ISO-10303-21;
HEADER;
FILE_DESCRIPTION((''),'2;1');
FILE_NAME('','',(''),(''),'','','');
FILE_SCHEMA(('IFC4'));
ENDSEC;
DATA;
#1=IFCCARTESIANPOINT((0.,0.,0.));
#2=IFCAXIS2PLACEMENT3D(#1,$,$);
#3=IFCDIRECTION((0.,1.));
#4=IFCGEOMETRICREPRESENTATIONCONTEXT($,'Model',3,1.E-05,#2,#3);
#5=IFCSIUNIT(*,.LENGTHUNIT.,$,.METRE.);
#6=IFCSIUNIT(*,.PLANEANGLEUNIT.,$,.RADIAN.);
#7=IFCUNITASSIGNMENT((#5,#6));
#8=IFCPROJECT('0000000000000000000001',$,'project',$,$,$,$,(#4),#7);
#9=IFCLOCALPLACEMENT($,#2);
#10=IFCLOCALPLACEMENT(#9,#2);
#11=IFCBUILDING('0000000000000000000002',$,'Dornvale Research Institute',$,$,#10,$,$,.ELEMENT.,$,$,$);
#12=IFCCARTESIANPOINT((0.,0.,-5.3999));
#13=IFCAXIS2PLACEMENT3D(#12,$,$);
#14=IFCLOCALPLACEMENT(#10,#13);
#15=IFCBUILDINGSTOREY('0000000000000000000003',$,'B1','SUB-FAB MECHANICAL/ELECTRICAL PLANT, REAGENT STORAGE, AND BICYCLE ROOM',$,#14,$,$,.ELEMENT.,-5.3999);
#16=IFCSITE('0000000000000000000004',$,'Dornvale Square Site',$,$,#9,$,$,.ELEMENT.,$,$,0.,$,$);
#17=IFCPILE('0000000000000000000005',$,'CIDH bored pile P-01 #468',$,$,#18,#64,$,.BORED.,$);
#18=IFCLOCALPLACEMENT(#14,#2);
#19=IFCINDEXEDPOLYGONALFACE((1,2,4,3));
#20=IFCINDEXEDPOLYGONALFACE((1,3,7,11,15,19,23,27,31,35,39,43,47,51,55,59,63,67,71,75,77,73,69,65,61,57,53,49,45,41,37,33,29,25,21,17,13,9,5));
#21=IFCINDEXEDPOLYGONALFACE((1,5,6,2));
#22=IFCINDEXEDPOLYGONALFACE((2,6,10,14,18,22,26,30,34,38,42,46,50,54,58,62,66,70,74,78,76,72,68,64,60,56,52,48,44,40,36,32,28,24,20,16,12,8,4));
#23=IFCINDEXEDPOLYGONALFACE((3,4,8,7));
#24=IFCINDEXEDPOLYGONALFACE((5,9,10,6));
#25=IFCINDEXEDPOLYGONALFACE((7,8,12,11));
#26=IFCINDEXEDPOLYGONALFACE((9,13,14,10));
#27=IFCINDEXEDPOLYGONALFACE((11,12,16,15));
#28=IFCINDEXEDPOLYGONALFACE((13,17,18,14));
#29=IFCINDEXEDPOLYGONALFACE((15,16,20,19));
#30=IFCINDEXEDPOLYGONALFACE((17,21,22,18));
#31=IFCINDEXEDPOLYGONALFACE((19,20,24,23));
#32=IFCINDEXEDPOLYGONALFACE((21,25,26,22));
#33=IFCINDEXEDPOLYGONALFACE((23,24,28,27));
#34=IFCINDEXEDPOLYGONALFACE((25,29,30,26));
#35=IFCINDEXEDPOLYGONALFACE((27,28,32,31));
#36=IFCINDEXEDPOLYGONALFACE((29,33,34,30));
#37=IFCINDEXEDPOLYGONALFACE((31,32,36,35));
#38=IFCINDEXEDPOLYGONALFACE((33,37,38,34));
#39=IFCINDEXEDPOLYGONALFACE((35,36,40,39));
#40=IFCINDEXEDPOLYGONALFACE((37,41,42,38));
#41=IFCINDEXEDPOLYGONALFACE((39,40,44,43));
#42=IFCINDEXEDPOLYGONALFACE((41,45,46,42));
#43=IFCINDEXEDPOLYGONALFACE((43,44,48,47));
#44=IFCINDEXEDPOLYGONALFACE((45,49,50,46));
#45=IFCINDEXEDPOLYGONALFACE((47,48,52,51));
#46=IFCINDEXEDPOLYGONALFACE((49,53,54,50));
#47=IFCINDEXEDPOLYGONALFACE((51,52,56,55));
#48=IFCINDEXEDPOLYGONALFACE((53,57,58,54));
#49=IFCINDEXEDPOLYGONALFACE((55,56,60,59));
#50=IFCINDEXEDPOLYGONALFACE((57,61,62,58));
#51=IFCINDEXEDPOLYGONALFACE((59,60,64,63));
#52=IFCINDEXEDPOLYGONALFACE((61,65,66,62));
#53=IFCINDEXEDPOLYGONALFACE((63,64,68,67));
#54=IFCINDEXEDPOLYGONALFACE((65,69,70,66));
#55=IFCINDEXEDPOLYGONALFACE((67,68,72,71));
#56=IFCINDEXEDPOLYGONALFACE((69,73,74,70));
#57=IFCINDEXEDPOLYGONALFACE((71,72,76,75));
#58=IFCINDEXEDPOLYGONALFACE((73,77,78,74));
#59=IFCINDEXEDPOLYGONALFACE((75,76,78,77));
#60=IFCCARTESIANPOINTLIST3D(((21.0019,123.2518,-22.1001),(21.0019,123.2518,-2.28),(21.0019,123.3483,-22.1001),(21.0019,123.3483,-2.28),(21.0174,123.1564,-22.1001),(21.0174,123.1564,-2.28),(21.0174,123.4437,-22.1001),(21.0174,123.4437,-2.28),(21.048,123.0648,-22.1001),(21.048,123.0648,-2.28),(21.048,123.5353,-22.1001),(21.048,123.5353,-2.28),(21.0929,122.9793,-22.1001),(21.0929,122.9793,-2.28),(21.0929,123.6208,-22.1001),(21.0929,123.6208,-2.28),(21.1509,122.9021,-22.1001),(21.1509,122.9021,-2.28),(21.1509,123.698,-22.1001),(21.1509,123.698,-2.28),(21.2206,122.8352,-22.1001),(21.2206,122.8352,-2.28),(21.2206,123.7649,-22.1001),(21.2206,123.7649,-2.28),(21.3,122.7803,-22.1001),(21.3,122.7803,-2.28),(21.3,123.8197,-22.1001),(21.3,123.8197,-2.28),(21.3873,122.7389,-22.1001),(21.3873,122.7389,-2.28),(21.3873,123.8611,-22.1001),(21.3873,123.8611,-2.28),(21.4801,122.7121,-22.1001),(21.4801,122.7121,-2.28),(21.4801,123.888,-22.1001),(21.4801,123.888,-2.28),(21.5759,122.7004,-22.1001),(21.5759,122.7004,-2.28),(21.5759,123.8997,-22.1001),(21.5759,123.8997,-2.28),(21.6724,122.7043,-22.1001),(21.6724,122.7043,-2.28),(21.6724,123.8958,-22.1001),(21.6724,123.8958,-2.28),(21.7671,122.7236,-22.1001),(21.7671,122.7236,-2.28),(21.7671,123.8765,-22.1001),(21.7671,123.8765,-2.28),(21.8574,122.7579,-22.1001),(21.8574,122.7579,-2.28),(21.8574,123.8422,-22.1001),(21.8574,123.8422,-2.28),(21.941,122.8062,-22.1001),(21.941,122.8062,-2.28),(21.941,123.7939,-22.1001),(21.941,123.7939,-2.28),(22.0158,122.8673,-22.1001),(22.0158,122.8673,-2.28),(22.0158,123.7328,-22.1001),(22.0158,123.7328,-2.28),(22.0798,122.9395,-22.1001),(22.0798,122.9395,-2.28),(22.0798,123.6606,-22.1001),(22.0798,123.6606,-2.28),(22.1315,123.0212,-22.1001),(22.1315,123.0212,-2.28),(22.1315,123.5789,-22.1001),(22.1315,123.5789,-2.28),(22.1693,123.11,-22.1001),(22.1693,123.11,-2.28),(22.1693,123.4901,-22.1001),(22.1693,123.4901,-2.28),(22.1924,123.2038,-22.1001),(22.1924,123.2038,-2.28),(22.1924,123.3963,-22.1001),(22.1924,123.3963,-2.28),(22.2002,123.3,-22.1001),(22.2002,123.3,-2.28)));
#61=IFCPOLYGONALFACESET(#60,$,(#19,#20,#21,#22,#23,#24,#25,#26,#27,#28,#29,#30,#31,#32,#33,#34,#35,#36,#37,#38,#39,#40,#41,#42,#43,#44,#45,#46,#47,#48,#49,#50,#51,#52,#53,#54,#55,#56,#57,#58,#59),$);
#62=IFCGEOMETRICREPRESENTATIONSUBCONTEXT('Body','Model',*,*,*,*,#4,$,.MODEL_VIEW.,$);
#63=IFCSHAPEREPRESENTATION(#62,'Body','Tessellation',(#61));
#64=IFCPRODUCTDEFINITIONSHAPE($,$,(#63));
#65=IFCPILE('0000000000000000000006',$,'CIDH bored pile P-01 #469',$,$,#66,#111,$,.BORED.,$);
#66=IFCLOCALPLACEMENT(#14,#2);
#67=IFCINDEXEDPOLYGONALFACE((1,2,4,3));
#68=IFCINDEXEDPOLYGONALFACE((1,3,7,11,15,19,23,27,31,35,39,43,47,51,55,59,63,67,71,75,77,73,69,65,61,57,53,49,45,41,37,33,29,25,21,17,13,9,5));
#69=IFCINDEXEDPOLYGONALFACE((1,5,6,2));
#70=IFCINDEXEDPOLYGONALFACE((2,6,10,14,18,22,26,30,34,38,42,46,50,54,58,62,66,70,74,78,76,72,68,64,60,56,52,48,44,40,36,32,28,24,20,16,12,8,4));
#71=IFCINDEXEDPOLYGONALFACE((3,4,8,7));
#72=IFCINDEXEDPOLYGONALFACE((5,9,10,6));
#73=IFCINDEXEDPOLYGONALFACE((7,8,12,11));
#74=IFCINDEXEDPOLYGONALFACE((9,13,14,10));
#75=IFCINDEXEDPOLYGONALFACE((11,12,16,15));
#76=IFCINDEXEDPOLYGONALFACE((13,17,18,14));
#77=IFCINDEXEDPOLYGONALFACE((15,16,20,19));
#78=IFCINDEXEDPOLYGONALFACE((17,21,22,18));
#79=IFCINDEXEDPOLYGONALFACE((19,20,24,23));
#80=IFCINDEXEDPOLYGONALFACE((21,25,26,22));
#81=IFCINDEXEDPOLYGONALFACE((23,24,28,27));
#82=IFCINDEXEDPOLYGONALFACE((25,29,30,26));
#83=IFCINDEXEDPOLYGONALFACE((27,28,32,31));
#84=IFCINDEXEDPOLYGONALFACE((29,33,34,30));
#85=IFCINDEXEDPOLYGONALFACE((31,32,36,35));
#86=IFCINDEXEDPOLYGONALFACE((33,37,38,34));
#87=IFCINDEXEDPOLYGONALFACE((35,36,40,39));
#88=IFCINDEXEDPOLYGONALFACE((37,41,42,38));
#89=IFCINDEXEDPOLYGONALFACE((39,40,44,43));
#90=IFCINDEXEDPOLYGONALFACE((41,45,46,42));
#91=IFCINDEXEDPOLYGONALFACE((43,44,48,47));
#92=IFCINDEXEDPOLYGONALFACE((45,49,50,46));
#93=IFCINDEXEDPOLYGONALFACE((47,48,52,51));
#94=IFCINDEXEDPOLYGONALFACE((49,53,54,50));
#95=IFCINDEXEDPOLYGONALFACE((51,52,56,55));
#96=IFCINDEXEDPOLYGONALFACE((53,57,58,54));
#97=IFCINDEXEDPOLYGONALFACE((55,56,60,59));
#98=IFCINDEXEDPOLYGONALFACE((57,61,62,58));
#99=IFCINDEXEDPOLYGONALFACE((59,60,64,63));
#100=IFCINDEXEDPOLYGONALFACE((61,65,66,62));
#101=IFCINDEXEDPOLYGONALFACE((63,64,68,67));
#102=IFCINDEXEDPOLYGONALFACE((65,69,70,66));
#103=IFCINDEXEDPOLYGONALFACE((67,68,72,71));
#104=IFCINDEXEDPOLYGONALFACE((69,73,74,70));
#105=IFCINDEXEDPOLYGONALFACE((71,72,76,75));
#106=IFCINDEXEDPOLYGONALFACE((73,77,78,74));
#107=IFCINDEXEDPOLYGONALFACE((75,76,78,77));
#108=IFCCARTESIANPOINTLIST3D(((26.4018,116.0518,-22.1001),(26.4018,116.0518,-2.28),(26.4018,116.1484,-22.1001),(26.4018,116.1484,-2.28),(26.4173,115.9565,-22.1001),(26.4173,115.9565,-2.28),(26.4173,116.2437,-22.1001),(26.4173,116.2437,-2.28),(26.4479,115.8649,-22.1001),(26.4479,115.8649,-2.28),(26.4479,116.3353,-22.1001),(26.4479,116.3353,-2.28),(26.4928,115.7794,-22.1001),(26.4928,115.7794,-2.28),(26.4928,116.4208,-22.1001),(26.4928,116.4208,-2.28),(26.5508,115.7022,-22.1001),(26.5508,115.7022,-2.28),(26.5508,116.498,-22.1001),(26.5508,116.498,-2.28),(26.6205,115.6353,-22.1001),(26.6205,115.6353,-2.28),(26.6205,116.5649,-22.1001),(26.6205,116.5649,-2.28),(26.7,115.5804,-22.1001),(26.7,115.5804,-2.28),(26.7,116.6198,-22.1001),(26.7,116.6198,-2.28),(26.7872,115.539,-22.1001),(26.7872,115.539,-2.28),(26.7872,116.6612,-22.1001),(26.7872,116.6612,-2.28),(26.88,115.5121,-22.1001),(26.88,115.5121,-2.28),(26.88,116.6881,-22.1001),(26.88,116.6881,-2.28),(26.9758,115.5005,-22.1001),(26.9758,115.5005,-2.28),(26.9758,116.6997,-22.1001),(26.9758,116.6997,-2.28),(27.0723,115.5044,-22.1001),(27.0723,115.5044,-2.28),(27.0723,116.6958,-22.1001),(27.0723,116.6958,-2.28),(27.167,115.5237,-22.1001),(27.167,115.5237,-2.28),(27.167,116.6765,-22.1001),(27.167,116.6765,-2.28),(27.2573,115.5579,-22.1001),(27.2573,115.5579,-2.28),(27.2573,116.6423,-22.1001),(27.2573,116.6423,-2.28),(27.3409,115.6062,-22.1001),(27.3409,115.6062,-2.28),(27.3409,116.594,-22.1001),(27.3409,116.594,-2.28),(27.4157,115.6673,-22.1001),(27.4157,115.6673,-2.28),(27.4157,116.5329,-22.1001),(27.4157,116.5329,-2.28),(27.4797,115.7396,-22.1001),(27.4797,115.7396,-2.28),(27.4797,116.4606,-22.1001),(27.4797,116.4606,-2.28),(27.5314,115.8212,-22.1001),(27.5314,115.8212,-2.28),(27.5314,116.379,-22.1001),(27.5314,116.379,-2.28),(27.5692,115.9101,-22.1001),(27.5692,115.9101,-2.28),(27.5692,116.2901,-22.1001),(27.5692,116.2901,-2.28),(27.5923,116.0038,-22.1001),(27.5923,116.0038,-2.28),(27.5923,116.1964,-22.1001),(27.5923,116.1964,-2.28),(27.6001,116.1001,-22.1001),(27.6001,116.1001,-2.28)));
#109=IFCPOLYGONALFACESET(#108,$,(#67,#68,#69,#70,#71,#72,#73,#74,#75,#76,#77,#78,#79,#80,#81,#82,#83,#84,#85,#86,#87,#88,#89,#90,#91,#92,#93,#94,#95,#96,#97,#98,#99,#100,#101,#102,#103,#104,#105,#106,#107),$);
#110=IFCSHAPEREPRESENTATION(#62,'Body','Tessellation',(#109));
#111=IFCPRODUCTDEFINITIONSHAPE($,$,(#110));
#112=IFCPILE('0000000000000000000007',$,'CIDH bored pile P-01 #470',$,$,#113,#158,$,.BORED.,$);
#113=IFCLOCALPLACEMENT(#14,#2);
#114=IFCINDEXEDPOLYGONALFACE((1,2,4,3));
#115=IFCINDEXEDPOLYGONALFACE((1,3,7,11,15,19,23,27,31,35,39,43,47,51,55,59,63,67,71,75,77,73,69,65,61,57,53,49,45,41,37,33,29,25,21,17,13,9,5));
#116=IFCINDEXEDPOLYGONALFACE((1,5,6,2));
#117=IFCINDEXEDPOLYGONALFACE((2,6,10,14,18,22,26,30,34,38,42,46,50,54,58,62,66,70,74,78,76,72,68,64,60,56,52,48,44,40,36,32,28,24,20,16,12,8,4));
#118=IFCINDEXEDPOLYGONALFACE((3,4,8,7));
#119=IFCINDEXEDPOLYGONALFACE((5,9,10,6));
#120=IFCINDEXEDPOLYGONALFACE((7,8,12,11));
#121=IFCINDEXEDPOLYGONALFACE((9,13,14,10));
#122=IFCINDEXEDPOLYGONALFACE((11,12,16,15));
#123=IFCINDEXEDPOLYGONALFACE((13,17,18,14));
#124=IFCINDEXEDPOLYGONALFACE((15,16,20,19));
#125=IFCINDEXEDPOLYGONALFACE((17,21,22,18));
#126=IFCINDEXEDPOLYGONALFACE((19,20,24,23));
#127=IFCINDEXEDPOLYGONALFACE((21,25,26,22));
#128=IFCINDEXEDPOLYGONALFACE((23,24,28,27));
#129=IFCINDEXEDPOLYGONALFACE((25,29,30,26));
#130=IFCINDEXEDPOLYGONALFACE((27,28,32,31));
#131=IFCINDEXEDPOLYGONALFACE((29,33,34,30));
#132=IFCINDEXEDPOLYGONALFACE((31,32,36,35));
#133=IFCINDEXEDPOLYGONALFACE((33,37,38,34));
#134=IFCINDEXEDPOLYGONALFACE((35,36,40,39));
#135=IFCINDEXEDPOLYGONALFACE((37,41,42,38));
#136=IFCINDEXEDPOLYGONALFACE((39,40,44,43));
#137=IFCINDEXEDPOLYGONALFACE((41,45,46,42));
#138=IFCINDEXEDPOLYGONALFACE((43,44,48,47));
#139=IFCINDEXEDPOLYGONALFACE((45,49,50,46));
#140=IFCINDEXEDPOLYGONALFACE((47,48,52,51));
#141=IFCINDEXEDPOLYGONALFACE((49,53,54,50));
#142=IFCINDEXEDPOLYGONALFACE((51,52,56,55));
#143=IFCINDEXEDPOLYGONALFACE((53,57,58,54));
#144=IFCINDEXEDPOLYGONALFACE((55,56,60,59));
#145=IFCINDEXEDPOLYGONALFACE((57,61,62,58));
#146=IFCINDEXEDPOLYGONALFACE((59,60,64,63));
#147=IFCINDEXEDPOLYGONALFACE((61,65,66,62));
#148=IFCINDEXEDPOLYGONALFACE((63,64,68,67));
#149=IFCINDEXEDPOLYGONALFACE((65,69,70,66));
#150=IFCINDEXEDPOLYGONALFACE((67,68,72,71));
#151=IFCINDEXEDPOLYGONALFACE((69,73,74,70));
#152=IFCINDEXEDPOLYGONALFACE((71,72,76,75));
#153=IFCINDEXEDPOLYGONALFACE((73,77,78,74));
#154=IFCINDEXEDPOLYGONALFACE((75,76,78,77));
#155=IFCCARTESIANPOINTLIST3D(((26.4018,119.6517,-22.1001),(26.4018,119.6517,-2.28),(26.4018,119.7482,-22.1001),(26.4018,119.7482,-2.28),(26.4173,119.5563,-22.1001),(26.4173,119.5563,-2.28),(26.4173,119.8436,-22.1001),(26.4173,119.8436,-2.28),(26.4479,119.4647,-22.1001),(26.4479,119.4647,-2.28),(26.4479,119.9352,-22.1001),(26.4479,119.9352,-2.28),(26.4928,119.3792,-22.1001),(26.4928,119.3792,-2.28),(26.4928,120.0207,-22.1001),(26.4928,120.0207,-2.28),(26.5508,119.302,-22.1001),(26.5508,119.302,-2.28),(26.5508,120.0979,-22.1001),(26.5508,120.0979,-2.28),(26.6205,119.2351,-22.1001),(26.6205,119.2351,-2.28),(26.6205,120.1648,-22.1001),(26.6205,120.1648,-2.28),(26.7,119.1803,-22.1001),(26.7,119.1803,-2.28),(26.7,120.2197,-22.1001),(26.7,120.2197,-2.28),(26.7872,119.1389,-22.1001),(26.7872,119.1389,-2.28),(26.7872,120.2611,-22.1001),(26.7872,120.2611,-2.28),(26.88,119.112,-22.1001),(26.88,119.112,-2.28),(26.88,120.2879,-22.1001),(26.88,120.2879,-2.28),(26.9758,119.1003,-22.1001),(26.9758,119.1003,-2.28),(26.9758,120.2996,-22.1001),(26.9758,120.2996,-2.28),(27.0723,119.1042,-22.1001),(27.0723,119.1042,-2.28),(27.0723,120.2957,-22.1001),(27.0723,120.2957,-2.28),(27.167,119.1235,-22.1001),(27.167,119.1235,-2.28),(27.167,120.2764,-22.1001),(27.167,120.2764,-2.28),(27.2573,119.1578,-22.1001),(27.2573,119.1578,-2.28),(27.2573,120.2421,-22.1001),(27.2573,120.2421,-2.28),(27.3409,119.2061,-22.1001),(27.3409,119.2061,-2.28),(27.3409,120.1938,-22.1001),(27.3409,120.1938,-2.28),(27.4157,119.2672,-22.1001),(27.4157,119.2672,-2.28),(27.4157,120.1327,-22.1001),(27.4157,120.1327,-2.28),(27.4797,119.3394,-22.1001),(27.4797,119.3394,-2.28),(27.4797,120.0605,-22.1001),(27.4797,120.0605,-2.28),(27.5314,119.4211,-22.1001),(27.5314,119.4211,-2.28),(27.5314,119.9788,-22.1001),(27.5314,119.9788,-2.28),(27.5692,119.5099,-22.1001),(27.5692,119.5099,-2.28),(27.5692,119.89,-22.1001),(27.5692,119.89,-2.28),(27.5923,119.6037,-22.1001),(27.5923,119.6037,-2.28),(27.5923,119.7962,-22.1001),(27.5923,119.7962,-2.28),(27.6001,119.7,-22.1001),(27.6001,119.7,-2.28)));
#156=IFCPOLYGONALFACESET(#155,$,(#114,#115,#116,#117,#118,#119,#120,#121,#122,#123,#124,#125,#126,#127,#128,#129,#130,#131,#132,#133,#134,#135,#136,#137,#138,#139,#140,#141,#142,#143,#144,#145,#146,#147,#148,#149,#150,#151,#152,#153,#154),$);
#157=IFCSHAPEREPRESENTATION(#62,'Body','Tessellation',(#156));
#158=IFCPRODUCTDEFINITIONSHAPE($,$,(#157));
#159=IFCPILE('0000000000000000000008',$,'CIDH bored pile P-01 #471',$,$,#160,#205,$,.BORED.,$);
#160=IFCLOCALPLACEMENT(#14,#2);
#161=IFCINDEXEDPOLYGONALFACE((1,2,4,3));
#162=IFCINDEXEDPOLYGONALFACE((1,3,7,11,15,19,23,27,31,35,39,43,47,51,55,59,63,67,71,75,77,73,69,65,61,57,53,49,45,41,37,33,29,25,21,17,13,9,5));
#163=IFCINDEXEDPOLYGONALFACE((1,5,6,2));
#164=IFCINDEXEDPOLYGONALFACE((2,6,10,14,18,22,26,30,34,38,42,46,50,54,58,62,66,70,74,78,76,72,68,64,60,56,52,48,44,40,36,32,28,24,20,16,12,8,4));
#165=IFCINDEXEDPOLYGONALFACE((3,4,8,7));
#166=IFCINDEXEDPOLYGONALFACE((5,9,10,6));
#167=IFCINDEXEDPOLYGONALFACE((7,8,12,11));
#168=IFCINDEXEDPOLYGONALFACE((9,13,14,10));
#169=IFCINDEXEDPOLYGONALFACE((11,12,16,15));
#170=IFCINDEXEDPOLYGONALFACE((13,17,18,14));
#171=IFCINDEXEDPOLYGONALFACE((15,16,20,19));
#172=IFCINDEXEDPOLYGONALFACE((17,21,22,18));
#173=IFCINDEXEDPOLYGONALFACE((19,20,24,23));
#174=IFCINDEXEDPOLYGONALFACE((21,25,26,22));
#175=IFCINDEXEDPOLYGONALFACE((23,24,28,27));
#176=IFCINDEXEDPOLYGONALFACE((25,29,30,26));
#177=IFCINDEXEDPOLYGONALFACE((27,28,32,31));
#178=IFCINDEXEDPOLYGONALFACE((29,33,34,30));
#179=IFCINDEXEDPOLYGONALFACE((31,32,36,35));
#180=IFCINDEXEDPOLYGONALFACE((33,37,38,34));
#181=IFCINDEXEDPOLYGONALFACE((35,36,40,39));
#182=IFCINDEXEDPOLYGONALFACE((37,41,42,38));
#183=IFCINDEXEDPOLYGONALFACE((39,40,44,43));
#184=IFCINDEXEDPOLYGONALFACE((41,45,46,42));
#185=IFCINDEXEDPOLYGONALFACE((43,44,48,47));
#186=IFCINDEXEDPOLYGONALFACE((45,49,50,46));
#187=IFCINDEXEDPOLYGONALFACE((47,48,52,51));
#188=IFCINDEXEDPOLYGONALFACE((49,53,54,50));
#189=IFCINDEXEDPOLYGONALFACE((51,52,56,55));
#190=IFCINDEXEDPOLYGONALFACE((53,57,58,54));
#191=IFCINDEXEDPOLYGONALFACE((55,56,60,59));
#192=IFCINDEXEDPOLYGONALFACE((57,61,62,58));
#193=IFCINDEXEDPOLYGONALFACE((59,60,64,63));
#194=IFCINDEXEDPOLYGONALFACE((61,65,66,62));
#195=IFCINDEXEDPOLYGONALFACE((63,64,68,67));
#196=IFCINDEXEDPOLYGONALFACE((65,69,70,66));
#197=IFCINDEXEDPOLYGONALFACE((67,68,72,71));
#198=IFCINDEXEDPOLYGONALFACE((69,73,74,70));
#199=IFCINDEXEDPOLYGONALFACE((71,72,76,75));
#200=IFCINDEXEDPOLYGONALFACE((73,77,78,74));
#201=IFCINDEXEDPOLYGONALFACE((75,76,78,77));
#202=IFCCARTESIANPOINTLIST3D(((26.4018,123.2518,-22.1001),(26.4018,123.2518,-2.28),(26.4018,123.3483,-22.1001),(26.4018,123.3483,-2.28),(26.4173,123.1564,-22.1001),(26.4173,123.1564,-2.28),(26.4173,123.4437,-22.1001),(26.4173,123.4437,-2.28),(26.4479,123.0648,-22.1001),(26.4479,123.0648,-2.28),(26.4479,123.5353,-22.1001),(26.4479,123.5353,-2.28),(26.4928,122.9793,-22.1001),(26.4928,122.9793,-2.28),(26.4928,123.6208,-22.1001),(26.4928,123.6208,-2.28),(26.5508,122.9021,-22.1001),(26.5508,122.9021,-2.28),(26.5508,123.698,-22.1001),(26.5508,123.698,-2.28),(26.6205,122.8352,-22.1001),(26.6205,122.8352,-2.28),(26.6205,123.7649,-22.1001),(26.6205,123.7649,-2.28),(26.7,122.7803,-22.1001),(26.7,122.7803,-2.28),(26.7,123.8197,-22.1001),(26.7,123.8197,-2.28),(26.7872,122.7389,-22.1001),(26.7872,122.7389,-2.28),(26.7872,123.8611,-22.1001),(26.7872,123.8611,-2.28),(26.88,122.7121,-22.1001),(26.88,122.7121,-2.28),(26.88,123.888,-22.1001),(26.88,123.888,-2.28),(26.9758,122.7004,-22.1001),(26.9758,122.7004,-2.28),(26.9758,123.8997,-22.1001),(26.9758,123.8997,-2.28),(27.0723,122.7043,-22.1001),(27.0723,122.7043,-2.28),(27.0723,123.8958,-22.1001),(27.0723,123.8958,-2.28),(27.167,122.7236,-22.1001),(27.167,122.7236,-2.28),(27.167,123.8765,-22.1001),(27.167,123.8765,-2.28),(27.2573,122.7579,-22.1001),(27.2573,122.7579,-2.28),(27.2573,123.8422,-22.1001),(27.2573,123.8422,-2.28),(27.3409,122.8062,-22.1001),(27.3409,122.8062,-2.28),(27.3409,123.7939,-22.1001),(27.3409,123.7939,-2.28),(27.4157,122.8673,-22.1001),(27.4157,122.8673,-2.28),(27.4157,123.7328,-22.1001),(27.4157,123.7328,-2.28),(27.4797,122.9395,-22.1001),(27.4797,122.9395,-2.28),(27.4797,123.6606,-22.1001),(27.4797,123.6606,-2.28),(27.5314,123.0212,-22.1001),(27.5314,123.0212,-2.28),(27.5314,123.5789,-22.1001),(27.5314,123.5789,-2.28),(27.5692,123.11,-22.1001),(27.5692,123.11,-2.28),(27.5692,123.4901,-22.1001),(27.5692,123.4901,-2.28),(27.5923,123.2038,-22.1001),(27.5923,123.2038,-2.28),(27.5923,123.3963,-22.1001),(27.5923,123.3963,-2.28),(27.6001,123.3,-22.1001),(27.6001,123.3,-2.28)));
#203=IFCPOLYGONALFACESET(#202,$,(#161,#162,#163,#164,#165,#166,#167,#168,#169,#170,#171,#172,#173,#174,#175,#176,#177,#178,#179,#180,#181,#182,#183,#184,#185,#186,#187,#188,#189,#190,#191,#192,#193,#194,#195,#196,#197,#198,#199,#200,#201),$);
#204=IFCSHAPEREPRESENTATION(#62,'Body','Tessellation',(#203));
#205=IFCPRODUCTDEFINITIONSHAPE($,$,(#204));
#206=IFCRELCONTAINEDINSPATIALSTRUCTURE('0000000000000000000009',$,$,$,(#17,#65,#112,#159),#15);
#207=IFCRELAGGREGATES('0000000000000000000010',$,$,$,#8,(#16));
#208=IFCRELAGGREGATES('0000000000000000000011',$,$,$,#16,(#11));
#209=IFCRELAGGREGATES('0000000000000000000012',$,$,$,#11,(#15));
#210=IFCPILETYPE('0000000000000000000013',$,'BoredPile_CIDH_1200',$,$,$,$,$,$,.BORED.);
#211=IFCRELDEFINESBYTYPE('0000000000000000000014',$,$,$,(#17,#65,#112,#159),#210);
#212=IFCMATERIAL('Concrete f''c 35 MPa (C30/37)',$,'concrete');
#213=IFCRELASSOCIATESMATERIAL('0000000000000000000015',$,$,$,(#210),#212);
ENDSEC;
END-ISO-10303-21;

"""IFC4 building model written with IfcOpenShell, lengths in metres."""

from ifc_helpers import new_model, si_unit, direction, frame, origin, origin_2d, place, context, subcontext, project, spatial, circle, extrude, material, material_profile, profile_set, type_object, element, save


model = new_model("IFC4")

# Units and contexts
model_context = context("Model", 3, precision=1e-05, world=origin(), true_north=direction((0.0, 1.0)))
body_context = subcontext(model_context, "Body", "Model", "MODEL_VIEW")
ifc_project = project(units=[si_unit("LENGTHUNIT", "METRE"), si_unit("PLANEANGLEUNIT", "RADIAN")], contexts=[model_context])

# Site, building, storey
site_placement = place(None, origin())
site = spatial("IfcSite", under=ifc_project, at=site_placement, Name="Dornvale Square Site", CompositionType="ELEMENT", RefElevation=0.0)
building_placement = place(site_placement, origin())
building = spatial("IfcBuilding", under=site, at=building_placement, Name="Dornvale Research Institute", CompositionType="ELEMENT")
storey_placement = place(building_placement, frame((0.0, 0.0, -5.3999)))
storey = spatial("IfcBuildingStorey", under=building, at=storey_placement, Name="B1", Description="SUB-FAB MECHANICAL/ELECTRICAL PLANT, REAGENT STORAGE, AND BICYCLE ROOM", CompositionType="ELEMENT", Elevation=-5.3999)

# Piles
ifc_material_1 = material(Name="Concrete f'c 35 MPa (C30/37)", Category="concrete")
ifc_material_profile_1 = material_profile(ifc_material_1, circle(Radius=0.6001, at=origin_2d()), Name="CIDH PILE D1200")
ifc_profile_set_1 = profile_set([ifc_material_profile_1], Name="Concrete f'c 35 MPa (C30/37)")
pile_type = type_object("IfcPileType", Name="BoredPile_CIDH_1200", PredefinedType="BORED", material=ifc_profile_set_1)
for number, where, z_axis, x_axis, name in (
    (1, (21.6001, 123.3, -2.28), (0.0, 0.0, -1.0), (1.0, 0.0, 0.0), "CIDH bored pile P-01 #468"),
    (2, (27.0, 116.1001, -2.28), (0.0, 0.0, -1.0), (1.0, 0.0, 0.0), "CIDH bored pile P-01 #469"),
    (3, (27.0, 119.7, -2.28), (0.0, 0.0, -1.0), (1.0, 0.0, 0.0), "CIDH bored pile P-01 #470"),
    (4, (27.0, 123.3, -2.28), (0.0, 0.0, -1.0), (1.0, 0.0, 0.0), "CIDH bored pile P-01 #471"),
):
    element("IfcPile", number, at=place(storey_placement, frame(where, z_axis=z_axis, x_axis=x_axis)), inside=storey, type_object=pile_type, Name=name, PredefinedType="BORED", context=body_context, shape_type="SweptSolid", body=[
        extrude(circle(Radius=0.6001, at=origin_2d()), origin(), (0.0, 0.0, 1.0), 19.8201),
    ])

save(model, "model.ifc")
